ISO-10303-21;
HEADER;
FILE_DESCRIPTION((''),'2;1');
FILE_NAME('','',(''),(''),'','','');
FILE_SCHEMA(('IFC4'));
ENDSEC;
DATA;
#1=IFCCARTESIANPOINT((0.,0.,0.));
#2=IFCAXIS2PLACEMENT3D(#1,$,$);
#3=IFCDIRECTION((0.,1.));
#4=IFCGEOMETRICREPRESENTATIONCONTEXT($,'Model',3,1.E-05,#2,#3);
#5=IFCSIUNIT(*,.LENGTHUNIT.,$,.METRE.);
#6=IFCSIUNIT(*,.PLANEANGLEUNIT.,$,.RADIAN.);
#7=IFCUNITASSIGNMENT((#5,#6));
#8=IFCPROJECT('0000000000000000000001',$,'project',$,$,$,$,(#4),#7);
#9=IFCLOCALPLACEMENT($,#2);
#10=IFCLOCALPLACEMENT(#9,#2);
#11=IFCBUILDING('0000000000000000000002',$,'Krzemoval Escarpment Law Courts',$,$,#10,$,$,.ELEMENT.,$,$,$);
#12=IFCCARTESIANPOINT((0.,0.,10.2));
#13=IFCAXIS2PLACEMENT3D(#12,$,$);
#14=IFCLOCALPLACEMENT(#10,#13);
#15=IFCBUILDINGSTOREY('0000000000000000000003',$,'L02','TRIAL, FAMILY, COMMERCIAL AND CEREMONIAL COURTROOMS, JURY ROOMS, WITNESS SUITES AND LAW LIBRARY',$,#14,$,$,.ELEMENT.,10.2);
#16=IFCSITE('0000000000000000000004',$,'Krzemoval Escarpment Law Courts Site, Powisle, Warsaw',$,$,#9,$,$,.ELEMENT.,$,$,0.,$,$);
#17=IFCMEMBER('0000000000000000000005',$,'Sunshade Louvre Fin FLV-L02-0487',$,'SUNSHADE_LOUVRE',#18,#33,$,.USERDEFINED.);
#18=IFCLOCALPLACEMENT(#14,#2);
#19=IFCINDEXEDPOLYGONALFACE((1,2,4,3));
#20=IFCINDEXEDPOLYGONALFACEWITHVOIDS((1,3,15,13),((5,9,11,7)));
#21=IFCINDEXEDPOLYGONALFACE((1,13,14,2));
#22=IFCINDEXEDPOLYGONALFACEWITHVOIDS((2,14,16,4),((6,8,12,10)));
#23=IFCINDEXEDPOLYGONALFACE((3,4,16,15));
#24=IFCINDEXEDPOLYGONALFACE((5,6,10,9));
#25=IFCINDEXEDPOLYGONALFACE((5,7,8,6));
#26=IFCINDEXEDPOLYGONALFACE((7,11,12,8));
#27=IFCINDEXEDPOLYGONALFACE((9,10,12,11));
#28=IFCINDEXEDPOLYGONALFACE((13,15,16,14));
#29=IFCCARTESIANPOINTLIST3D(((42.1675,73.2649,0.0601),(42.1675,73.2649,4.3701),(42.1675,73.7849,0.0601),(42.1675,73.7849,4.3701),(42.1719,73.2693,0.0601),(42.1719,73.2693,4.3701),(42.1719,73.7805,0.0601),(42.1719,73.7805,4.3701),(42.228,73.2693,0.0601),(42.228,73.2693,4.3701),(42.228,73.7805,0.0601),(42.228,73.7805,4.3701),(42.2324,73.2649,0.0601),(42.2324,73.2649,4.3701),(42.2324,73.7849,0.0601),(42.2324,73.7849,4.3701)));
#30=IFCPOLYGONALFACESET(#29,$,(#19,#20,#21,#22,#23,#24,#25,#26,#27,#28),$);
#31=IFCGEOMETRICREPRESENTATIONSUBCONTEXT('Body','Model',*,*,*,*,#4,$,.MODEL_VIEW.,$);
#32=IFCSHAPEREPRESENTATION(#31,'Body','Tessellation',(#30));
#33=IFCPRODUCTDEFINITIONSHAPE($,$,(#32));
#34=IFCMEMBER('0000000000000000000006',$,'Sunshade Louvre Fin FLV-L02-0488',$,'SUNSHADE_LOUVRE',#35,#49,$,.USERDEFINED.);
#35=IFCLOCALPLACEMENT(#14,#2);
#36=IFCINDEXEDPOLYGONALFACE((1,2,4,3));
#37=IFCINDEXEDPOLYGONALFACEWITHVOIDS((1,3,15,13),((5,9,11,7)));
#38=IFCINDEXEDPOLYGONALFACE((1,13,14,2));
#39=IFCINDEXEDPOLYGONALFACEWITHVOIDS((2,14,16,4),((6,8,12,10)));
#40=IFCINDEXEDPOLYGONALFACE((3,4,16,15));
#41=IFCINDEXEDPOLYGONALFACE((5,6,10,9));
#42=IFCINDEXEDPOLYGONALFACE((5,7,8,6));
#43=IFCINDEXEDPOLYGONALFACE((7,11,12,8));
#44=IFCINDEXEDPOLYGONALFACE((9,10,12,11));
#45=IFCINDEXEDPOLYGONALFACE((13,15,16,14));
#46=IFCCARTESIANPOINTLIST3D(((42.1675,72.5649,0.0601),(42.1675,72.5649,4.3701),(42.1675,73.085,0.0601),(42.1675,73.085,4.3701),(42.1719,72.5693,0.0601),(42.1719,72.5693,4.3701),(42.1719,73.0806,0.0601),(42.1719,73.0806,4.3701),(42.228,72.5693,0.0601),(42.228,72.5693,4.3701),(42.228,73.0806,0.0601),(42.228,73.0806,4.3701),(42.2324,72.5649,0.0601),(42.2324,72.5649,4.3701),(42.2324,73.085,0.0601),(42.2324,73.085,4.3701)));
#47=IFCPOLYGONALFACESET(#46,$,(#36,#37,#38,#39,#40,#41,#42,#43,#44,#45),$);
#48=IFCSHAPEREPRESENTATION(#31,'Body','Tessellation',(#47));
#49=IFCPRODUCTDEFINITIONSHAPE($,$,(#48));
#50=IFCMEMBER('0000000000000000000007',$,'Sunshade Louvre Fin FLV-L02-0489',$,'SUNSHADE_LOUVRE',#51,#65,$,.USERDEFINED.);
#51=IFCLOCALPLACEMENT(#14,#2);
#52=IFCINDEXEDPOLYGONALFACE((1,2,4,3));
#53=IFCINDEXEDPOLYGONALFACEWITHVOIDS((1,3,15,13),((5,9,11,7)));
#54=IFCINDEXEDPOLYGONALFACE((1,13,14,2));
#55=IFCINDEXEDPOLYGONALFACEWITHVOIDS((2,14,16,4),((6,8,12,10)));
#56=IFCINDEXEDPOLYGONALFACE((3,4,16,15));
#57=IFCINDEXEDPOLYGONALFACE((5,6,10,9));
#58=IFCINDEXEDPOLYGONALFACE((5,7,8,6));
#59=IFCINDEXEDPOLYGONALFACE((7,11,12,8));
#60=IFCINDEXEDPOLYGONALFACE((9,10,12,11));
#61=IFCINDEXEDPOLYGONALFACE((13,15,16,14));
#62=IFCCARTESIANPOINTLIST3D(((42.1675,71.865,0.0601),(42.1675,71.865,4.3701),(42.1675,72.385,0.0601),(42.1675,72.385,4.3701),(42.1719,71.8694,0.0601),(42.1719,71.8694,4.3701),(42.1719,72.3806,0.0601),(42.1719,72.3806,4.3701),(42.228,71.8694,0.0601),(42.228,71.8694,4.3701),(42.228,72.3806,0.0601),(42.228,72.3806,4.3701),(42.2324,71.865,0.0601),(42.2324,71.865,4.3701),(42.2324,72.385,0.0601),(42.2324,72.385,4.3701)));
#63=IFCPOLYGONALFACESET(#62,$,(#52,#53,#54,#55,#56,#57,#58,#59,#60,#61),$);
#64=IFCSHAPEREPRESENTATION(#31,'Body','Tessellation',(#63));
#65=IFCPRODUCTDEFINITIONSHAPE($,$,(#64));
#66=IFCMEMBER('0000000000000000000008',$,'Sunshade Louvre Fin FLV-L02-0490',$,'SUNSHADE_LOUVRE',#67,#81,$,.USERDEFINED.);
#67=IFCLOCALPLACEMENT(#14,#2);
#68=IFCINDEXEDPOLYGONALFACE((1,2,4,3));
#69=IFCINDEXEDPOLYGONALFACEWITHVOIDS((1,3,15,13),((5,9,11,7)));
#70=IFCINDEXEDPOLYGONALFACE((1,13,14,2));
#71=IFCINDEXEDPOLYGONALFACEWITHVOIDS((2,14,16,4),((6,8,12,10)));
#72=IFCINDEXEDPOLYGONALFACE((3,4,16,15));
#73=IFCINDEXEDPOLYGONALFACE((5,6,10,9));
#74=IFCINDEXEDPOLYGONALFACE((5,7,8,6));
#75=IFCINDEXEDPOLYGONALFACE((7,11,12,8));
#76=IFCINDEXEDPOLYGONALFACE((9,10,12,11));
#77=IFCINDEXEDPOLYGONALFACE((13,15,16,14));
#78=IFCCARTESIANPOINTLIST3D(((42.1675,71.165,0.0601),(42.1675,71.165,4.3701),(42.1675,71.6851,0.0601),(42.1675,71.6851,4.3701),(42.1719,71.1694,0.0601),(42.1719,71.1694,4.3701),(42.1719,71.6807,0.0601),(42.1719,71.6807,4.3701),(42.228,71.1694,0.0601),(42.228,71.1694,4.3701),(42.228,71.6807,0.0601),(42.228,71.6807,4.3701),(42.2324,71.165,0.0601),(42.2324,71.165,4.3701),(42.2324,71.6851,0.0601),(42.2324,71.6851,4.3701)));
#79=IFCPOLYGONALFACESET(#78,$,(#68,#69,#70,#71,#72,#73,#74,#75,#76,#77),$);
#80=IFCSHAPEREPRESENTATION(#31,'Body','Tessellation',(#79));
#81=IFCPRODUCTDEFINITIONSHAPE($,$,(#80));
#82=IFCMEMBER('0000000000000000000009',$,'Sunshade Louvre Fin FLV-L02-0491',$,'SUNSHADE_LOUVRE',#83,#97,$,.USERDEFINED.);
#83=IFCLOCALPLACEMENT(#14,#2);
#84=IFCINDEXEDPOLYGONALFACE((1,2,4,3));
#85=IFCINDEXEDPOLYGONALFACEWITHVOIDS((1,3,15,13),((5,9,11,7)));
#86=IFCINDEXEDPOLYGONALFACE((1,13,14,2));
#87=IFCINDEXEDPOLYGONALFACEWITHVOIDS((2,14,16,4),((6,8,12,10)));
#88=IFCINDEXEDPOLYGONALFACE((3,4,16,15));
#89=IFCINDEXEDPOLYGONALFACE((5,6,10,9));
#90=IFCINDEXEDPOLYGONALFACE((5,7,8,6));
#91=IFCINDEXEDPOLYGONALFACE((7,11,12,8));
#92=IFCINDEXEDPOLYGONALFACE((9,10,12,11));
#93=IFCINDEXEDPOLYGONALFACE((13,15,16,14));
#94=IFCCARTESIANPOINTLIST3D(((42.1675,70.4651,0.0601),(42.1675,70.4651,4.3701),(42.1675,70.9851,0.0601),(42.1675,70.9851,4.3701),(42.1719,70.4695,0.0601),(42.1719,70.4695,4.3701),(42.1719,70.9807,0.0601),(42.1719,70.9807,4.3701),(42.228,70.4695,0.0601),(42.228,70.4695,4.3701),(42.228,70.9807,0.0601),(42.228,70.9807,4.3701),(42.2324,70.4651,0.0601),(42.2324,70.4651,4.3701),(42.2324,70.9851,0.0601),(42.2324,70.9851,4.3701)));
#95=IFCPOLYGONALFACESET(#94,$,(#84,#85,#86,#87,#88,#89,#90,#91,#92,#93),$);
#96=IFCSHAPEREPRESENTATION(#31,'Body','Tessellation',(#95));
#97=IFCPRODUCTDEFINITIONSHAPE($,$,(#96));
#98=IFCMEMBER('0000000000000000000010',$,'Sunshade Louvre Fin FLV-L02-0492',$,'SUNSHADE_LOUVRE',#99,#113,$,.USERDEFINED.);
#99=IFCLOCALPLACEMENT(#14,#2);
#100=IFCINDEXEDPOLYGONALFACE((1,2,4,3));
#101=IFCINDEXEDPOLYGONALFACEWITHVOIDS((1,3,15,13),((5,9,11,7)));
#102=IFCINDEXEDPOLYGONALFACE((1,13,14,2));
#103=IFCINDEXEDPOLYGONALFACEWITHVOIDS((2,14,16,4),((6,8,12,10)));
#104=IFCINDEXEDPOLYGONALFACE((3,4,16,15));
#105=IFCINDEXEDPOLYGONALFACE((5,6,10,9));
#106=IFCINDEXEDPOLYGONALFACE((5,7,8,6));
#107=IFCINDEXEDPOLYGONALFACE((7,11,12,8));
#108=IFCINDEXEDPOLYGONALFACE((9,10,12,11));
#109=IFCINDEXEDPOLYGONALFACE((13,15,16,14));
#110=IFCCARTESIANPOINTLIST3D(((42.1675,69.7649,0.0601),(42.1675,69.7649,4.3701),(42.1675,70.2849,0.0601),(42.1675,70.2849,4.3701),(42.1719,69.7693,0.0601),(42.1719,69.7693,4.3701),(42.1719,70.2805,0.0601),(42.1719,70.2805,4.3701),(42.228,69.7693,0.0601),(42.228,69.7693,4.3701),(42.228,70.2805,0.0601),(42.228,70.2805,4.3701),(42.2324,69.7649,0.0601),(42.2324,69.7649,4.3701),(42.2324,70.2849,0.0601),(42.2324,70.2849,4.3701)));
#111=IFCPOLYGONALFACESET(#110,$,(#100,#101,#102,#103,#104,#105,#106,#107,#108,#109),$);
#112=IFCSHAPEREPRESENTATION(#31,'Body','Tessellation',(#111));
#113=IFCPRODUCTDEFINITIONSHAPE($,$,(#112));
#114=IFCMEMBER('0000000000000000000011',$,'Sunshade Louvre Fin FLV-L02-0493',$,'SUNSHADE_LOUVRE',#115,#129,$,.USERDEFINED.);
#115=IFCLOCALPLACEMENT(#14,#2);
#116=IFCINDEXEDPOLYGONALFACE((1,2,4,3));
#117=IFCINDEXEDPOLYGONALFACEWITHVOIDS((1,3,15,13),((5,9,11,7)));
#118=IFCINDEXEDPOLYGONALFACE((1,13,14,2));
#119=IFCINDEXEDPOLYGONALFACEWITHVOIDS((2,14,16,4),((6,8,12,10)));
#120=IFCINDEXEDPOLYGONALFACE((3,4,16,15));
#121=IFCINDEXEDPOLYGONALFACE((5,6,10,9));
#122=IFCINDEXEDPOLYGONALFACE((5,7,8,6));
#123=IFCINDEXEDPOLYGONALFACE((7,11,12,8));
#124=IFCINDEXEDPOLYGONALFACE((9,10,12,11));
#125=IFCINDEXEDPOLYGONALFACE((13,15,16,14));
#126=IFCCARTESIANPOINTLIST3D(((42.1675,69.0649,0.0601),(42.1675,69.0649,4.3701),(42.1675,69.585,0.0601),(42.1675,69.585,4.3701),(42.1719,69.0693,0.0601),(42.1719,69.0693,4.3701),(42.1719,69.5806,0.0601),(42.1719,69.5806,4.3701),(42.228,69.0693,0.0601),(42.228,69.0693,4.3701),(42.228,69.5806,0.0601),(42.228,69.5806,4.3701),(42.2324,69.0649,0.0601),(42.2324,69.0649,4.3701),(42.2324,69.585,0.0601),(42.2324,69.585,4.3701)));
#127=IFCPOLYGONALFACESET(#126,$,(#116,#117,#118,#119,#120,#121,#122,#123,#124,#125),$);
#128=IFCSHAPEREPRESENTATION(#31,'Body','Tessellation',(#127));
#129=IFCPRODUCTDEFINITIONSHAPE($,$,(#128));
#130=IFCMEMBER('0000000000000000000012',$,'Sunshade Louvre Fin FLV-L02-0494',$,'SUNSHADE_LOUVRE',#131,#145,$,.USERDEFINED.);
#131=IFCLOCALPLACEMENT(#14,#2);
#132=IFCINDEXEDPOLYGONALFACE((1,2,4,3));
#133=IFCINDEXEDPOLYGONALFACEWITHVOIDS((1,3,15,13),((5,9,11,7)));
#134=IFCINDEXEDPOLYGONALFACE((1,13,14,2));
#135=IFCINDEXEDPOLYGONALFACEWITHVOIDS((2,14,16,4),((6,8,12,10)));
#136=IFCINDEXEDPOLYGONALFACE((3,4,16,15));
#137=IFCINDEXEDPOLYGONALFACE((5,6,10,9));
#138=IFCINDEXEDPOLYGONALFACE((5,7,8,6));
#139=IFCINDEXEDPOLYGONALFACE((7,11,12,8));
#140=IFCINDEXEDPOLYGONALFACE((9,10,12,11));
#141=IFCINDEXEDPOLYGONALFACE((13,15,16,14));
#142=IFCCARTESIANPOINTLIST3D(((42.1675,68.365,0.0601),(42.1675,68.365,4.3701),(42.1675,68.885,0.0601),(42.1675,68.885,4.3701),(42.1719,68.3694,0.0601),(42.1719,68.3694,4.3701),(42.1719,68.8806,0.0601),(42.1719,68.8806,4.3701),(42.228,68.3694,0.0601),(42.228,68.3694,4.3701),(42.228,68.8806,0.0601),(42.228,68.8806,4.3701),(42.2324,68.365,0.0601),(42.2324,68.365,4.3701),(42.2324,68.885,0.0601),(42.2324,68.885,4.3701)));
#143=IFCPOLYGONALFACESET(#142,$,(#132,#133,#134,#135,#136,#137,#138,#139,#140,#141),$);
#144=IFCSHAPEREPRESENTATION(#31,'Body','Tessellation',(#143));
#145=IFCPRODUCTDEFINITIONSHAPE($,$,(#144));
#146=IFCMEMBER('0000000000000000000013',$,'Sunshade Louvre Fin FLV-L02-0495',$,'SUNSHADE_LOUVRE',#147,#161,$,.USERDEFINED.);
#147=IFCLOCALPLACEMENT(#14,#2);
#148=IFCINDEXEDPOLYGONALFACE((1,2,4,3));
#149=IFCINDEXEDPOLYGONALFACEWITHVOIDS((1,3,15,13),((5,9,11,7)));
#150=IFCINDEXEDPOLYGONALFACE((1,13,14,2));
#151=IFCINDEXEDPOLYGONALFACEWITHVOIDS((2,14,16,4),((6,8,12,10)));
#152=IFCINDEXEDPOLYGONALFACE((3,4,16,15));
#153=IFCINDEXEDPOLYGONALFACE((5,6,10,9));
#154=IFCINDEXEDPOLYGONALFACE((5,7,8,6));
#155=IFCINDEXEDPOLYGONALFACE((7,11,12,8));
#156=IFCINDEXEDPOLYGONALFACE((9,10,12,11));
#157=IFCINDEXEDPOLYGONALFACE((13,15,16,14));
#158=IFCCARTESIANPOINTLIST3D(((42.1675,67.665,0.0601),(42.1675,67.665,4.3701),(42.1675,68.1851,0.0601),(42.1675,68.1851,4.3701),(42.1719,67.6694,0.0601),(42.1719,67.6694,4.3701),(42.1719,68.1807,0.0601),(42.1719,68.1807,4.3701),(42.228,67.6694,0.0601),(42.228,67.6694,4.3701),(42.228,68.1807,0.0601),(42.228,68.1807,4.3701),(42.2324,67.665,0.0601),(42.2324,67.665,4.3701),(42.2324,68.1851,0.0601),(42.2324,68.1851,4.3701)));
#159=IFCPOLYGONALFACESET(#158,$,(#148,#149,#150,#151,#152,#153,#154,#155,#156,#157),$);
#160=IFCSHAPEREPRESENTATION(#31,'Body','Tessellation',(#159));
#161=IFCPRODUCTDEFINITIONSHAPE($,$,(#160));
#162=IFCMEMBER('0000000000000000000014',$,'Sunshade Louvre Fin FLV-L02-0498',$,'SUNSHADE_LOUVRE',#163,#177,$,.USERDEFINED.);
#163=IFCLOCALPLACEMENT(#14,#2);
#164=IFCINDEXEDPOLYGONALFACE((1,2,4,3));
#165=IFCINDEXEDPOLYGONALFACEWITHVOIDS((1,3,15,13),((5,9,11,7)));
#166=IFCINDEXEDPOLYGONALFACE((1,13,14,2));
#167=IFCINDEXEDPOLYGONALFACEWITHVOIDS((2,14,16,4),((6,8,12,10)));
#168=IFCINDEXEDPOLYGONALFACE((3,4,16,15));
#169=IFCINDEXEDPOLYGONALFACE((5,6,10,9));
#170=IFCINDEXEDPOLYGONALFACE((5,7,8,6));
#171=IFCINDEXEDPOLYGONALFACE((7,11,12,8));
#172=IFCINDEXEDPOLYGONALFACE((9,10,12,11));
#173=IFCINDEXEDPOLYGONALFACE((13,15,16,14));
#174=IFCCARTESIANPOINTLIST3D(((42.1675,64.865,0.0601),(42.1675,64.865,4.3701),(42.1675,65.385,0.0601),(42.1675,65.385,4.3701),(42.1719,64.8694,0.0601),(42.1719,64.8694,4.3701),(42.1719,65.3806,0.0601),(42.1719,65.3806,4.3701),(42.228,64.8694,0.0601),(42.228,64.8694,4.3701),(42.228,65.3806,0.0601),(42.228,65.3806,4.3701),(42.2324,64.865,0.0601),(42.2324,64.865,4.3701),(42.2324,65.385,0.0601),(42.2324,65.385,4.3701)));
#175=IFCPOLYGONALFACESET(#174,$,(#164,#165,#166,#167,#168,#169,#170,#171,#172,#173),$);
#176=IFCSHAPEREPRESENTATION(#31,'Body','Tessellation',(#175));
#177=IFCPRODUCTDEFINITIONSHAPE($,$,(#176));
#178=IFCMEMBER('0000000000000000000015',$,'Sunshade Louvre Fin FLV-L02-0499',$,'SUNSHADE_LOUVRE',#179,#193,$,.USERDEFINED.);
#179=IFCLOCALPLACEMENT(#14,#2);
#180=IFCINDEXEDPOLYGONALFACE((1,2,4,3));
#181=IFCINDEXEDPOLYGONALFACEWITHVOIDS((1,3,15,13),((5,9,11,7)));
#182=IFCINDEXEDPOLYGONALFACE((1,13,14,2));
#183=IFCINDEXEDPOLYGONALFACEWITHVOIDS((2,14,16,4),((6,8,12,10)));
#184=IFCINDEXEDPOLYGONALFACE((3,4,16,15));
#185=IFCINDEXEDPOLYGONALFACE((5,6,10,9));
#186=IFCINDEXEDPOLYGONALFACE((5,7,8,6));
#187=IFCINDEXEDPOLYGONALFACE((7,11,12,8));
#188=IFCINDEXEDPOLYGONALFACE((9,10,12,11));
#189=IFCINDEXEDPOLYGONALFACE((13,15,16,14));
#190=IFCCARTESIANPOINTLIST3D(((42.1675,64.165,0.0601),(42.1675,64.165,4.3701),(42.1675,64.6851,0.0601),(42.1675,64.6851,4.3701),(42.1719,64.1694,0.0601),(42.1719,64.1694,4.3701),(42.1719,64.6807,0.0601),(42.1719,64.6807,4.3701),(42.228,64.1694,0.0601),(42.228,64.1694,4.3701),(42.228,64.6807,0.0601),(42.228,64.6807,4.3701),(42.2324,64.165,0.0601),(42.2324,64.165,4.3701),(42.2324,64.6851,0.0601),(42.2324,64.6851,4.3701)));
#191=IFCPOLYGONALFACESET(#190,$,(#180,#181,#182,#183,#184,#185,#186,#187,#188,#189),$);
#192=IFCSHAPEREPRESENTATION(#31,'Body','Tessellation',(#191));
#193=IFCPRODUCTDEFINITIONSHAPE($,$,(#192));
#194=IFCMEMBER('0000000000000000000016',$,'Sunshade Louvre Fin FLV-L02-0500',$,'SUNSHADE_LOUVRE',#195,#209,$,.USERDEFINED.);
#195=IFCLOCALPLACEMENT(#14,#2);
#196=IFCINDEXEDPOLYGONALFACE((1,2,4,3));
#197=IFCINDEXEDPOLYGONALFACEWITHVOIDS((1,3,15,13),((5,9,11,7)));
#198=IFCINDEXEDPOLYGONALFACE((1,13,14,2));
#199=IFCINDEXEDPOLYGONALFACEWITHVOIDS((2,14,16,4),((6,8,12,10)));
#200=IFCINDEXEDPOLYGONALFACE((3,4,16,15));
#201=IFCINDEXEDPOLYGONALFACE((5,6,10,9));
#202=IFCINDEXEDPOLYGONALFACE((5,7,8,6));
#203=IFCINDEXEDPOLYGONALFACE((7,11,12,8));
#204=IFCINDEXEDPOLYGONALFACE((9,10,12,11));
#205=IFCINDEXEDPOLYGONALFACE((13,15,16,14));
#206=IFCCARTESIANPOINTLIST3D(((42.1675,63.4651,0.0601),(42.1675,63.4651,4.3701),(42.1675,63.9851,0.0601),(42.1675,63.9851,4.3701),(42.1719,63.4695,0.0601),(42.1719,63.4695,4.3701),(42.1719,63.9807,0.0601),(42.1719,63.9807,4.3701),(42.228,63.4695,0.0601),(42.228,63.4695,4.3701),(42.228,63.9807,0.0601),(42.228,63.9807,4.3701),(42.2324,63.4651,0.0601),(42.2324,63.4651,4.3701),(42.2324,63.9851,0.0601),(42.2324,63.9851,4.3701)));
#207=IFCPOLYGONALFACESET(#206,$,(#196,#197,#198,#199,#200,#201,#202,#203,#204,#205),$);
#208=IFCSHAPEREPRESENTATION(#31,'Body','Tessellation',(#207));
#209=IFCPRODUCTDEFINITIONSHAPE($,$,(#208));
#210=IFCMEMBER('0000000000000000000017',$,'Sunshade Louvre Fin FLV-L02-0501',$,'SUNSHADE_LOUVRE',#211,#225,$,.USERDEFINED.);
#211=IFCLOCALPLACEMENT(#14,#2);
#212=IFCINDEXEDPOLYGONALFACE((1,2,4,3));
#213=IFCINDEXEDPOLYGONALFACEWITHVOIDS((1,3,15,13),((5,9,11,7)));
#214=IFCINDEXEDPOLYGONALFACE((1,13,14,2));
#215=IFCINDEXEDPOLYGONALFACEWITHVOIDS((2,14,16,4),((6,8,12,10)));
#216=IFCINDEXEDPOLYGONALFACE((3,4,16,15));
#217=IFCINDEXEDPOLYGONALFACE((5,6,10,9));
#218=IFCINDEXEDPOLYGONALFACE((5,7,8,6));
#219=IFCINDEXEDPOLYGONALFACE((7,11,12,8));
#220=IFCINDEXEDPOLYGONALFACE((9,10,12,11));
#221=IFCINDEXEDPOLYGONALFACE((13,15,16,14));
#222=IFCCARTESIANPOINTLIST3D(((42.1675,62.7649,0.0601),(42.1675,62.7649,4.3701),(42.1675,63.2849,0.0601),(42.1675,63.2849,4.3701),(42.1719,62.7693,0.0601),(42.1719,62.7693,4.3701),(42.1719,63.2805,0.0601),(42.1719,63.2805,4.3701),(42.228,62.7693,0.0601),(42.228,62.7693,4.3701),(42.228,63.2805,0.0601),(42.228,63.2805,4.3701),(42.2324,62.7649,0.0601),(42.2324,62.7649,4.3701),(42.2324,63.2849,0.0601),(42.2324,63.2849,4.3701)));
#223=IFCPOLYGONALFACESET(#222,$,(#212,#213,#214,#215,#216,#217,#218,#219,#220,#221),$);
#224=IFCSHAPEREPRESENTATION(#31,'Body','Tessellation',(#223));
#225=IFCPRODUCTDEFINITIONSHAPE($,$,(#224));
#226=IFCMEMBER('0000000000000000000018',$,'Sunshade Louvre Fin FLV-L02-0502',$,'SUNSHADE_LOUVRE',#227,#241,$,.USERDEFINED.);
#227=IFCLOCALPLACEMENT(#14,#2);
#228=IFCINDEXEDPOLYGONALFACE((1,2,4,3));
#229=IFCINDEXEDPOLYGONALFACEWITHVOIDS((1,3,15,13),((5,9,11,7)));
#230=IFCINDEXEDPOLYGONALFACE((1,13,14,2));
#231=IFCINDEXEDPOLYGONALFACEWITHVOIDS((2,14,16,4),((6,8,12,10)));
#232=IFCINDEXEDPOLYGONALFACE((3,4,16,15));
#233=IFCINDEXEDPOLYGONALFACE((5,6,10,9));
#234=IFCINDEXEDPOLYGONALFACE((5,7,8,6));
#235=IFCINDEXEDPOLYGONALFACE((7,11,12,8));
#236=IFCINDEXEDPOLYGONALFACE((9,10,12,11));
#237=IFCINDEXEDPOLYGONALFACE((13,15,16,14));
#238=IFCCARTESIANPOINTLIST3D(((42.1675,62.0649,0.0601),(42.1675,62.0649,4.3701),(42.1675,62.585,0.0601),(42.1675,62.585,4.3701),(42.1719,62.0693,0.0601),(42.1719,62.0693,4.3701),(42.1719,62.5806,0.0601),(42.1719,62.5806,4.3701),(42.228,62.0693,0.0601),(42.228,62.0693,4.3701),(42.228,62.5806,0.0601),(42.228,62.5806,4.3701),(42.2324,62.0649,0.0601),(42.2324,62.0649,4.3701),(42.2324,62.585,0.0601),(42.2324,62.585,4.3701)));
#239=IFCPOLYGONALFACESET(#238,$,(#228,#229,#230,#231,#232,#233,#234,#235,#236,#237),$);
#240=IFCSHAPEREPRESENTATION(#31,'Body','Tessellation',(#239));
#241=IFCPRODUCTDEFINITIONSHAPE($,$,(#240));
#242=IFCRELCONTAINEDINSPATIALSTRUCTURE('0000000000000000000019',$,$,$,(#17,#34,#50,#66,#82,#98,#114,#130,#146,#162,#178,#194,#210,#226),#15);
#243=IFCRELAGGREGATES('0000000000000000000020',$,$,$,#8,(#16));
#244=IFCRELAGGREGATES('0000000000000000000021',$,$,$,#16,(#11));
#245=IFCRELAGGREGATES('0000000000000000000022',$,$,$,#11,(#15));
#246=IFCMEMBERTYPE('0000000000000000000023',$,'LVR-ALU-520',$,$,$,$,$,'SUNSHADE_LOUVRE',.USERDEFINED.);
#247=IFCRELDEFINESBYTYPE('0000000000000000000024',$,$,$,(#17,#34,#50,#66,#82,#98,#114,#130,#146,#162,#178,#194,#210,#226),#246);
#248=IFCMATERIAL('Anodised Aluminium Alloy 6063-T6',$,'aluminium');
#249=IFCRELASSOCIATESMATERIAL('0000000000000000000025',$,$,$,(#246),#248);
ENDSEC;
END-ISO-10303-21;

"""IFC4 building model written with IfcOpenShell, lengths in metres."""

from ifc_helpers import new_model, si_unit, direction, frame, origin, origin_2d, place, context, subcontext, project, spatial, hollow_rectangle, extrude, material, material_profile, profile_set, type_object, element, save


model = new_model("IFC4")

# Units and contexts
model_context = context("Model", 3, precision=1e-05, world=origin(), true_north=direction((0.0, 1.0)))
body_context = subcontext(model_context, "Body", "Model", "MODEL_VIEW")
ifc_project = project(units=[si_unit("LENGTHUNIT", "METRE"), si_unit("PLANEANGLEUNIT", "RADIAN")], contexts=[model_context])

# Site, building, storey
site_placement = place(None, origin())
site = spatial("IfcSite", under=ifc_project, at=site_placement, Name="Krzemoval Escarpment Law Courts Site, Powisle, Warsaw", CompositionType="ELEMENT", RefElevation=0.0)
building_placement = place(site_placement, origin())
building = spatial("IfcBuilding", under=site, at=building_placement, Name="Krzemoval Escarpment Law Courts", CompositionType="ELEMENT")
storey_placement = place(building_placement, frame((0.0, 0.0, 10.2)))
storey = spatial("IfcBuildingStorey", under=building, at=storey_placement, Name="L02", Description="TRIAL, FAMILY, COMMERCIAL AND CEREMONIAL COURTROOMS, JURY ROOMS, WITNESS SUITES AND LAW LIBRARY", CompositionType="ELEMENT", Elevation=10.2)

# Members
ifc_material_1 = material(Name="Anodised Aluminium Alloy 6063-T6", Category="aluminium")
ifc_material_profile = material_profile(ifc_material_1, hollow_rectangle(XDim=0.0649, YDim=0.52, WallThickness=0.0044, at=origin_2d()), Name="ALU LVR 65x520")
ifc_profile_set = profile_set([ifc_material_profile], Name="Anodised Aluminium Alloy 6063-T6")
member_type = type_object("IfcMemberType", Name="LVR-ALU-520", ElementType="SUNSHADE_LOUVRE", PredefinedType="USERDEFINED", material=ifc_profile_set)
for number, where, z_axis, x_axis, name in (
    (1, (42.2, 73.5249, 0.0601), (0.0, 0.0, 1.0), (1.0, 0.0, 0.0), "Sunshade Louvre Fin FLV-L02-0487"),
    (2, (42.2, 72.825, 0.0601), (0.0, 0.0, 1.0), (1.0, 0.0, 0.0), "Sunshade Louvre Fin FLV-L02-0488"),
    (3, (42.2, 72.125, 0.0601), (0.0, 0.0, 1.0), (1.0, 0.0, 0.0), "Sunshade Louvre Fin FLV-L02-0489"),
    (4, (42.2, 71.425, 0.0601), (0.0, 0.0, 1.0), (1.0, 0.0, 0.0), "Sunshade Louvre Fin FLV-L02-0490"),
    (5, (42.2, 70.7251, 0.0601), (0.0, 0.0, 1.0), (1.0, 0.0, 0.0), "Sunshade Louvre Fin FLV-L02-0491"),
    (6, (42.2, 70.0249, 0.0601), (0.0, 0.0, 1.0), (1.0, 0.0, 0.0), "Sunshade Louvre Fin FLV-L02-0492"),
    (7, (42.2, 69.325, 0.0601), (0.0, 0.0, 1.0), (1.0, 0.0, 0.0), "Sunshade Louvre Fin FLV-L02-0493"),
    (8, (42.2, 68.625, 0.0601), (0.0, 0.0, 1.0), (1.0, 0.0, 0.0), "Sunshade Louvre Fin FLV-L02-0494"),
    (9, (42.2, 67.925, 0.0601), (0.0, 0.0, 1.0), (1.0, 0.0, 0.0), "Sunshade Louvre Fin FLV-L02-0495"),
    (10, (42.2, 65.125, 0.0601), (0.0, 0.0, 1.0), (1.0, 0.0, 0.0), "Sunshade Louvre Fin FLV-L02-0498"),
    (11, (42.2, 64.425, 0.0601), (0.0, 0.0, 1.0), (1.0, 0.0, 0.0), "Sunshade Louvre Fin FLV-L02-0499"),
    (12, (42.2, 63.7251, 0.0601), (0.0, 0.0, 1.0), (1.0, 0.0, 0.0), "Sunshade Louvre Fin FLV-L02-0500"),
    (13, (42.2, 63.0249, 0.0601), (0.0, 0.0, 1.0), (1.0, 0.0, 0.0), "Sunshade Louvre Fin FLV-L02-0501"),
    (14, (42.2, 62.325, 0.0601), (0.0, 0.0, 1.0), (1.0, 0.0, 0.0), "Sunshade Louvre Fin FLV-L02-0502"),
):
    element("IfcMember", number, at=place(storey_placement, frame(where, z_axis=z_axis, x_axis=x_axis)), inside=storey, type_object=member_type, Name=name, ObjectType="SUNSHADE_LOUVRE", PredefinedType="USERDEFINED", context=body_context, shape_type="SweptSolid", body=[
        extrude(hollow_rectangle(XDim=0.0649, YDim=0.52, WallThickness=0.0044, at=origin_2d()), origin(), (0.0, 0.0, 1.0), 4.3101),
    ])

save(model, "model.ifc")
